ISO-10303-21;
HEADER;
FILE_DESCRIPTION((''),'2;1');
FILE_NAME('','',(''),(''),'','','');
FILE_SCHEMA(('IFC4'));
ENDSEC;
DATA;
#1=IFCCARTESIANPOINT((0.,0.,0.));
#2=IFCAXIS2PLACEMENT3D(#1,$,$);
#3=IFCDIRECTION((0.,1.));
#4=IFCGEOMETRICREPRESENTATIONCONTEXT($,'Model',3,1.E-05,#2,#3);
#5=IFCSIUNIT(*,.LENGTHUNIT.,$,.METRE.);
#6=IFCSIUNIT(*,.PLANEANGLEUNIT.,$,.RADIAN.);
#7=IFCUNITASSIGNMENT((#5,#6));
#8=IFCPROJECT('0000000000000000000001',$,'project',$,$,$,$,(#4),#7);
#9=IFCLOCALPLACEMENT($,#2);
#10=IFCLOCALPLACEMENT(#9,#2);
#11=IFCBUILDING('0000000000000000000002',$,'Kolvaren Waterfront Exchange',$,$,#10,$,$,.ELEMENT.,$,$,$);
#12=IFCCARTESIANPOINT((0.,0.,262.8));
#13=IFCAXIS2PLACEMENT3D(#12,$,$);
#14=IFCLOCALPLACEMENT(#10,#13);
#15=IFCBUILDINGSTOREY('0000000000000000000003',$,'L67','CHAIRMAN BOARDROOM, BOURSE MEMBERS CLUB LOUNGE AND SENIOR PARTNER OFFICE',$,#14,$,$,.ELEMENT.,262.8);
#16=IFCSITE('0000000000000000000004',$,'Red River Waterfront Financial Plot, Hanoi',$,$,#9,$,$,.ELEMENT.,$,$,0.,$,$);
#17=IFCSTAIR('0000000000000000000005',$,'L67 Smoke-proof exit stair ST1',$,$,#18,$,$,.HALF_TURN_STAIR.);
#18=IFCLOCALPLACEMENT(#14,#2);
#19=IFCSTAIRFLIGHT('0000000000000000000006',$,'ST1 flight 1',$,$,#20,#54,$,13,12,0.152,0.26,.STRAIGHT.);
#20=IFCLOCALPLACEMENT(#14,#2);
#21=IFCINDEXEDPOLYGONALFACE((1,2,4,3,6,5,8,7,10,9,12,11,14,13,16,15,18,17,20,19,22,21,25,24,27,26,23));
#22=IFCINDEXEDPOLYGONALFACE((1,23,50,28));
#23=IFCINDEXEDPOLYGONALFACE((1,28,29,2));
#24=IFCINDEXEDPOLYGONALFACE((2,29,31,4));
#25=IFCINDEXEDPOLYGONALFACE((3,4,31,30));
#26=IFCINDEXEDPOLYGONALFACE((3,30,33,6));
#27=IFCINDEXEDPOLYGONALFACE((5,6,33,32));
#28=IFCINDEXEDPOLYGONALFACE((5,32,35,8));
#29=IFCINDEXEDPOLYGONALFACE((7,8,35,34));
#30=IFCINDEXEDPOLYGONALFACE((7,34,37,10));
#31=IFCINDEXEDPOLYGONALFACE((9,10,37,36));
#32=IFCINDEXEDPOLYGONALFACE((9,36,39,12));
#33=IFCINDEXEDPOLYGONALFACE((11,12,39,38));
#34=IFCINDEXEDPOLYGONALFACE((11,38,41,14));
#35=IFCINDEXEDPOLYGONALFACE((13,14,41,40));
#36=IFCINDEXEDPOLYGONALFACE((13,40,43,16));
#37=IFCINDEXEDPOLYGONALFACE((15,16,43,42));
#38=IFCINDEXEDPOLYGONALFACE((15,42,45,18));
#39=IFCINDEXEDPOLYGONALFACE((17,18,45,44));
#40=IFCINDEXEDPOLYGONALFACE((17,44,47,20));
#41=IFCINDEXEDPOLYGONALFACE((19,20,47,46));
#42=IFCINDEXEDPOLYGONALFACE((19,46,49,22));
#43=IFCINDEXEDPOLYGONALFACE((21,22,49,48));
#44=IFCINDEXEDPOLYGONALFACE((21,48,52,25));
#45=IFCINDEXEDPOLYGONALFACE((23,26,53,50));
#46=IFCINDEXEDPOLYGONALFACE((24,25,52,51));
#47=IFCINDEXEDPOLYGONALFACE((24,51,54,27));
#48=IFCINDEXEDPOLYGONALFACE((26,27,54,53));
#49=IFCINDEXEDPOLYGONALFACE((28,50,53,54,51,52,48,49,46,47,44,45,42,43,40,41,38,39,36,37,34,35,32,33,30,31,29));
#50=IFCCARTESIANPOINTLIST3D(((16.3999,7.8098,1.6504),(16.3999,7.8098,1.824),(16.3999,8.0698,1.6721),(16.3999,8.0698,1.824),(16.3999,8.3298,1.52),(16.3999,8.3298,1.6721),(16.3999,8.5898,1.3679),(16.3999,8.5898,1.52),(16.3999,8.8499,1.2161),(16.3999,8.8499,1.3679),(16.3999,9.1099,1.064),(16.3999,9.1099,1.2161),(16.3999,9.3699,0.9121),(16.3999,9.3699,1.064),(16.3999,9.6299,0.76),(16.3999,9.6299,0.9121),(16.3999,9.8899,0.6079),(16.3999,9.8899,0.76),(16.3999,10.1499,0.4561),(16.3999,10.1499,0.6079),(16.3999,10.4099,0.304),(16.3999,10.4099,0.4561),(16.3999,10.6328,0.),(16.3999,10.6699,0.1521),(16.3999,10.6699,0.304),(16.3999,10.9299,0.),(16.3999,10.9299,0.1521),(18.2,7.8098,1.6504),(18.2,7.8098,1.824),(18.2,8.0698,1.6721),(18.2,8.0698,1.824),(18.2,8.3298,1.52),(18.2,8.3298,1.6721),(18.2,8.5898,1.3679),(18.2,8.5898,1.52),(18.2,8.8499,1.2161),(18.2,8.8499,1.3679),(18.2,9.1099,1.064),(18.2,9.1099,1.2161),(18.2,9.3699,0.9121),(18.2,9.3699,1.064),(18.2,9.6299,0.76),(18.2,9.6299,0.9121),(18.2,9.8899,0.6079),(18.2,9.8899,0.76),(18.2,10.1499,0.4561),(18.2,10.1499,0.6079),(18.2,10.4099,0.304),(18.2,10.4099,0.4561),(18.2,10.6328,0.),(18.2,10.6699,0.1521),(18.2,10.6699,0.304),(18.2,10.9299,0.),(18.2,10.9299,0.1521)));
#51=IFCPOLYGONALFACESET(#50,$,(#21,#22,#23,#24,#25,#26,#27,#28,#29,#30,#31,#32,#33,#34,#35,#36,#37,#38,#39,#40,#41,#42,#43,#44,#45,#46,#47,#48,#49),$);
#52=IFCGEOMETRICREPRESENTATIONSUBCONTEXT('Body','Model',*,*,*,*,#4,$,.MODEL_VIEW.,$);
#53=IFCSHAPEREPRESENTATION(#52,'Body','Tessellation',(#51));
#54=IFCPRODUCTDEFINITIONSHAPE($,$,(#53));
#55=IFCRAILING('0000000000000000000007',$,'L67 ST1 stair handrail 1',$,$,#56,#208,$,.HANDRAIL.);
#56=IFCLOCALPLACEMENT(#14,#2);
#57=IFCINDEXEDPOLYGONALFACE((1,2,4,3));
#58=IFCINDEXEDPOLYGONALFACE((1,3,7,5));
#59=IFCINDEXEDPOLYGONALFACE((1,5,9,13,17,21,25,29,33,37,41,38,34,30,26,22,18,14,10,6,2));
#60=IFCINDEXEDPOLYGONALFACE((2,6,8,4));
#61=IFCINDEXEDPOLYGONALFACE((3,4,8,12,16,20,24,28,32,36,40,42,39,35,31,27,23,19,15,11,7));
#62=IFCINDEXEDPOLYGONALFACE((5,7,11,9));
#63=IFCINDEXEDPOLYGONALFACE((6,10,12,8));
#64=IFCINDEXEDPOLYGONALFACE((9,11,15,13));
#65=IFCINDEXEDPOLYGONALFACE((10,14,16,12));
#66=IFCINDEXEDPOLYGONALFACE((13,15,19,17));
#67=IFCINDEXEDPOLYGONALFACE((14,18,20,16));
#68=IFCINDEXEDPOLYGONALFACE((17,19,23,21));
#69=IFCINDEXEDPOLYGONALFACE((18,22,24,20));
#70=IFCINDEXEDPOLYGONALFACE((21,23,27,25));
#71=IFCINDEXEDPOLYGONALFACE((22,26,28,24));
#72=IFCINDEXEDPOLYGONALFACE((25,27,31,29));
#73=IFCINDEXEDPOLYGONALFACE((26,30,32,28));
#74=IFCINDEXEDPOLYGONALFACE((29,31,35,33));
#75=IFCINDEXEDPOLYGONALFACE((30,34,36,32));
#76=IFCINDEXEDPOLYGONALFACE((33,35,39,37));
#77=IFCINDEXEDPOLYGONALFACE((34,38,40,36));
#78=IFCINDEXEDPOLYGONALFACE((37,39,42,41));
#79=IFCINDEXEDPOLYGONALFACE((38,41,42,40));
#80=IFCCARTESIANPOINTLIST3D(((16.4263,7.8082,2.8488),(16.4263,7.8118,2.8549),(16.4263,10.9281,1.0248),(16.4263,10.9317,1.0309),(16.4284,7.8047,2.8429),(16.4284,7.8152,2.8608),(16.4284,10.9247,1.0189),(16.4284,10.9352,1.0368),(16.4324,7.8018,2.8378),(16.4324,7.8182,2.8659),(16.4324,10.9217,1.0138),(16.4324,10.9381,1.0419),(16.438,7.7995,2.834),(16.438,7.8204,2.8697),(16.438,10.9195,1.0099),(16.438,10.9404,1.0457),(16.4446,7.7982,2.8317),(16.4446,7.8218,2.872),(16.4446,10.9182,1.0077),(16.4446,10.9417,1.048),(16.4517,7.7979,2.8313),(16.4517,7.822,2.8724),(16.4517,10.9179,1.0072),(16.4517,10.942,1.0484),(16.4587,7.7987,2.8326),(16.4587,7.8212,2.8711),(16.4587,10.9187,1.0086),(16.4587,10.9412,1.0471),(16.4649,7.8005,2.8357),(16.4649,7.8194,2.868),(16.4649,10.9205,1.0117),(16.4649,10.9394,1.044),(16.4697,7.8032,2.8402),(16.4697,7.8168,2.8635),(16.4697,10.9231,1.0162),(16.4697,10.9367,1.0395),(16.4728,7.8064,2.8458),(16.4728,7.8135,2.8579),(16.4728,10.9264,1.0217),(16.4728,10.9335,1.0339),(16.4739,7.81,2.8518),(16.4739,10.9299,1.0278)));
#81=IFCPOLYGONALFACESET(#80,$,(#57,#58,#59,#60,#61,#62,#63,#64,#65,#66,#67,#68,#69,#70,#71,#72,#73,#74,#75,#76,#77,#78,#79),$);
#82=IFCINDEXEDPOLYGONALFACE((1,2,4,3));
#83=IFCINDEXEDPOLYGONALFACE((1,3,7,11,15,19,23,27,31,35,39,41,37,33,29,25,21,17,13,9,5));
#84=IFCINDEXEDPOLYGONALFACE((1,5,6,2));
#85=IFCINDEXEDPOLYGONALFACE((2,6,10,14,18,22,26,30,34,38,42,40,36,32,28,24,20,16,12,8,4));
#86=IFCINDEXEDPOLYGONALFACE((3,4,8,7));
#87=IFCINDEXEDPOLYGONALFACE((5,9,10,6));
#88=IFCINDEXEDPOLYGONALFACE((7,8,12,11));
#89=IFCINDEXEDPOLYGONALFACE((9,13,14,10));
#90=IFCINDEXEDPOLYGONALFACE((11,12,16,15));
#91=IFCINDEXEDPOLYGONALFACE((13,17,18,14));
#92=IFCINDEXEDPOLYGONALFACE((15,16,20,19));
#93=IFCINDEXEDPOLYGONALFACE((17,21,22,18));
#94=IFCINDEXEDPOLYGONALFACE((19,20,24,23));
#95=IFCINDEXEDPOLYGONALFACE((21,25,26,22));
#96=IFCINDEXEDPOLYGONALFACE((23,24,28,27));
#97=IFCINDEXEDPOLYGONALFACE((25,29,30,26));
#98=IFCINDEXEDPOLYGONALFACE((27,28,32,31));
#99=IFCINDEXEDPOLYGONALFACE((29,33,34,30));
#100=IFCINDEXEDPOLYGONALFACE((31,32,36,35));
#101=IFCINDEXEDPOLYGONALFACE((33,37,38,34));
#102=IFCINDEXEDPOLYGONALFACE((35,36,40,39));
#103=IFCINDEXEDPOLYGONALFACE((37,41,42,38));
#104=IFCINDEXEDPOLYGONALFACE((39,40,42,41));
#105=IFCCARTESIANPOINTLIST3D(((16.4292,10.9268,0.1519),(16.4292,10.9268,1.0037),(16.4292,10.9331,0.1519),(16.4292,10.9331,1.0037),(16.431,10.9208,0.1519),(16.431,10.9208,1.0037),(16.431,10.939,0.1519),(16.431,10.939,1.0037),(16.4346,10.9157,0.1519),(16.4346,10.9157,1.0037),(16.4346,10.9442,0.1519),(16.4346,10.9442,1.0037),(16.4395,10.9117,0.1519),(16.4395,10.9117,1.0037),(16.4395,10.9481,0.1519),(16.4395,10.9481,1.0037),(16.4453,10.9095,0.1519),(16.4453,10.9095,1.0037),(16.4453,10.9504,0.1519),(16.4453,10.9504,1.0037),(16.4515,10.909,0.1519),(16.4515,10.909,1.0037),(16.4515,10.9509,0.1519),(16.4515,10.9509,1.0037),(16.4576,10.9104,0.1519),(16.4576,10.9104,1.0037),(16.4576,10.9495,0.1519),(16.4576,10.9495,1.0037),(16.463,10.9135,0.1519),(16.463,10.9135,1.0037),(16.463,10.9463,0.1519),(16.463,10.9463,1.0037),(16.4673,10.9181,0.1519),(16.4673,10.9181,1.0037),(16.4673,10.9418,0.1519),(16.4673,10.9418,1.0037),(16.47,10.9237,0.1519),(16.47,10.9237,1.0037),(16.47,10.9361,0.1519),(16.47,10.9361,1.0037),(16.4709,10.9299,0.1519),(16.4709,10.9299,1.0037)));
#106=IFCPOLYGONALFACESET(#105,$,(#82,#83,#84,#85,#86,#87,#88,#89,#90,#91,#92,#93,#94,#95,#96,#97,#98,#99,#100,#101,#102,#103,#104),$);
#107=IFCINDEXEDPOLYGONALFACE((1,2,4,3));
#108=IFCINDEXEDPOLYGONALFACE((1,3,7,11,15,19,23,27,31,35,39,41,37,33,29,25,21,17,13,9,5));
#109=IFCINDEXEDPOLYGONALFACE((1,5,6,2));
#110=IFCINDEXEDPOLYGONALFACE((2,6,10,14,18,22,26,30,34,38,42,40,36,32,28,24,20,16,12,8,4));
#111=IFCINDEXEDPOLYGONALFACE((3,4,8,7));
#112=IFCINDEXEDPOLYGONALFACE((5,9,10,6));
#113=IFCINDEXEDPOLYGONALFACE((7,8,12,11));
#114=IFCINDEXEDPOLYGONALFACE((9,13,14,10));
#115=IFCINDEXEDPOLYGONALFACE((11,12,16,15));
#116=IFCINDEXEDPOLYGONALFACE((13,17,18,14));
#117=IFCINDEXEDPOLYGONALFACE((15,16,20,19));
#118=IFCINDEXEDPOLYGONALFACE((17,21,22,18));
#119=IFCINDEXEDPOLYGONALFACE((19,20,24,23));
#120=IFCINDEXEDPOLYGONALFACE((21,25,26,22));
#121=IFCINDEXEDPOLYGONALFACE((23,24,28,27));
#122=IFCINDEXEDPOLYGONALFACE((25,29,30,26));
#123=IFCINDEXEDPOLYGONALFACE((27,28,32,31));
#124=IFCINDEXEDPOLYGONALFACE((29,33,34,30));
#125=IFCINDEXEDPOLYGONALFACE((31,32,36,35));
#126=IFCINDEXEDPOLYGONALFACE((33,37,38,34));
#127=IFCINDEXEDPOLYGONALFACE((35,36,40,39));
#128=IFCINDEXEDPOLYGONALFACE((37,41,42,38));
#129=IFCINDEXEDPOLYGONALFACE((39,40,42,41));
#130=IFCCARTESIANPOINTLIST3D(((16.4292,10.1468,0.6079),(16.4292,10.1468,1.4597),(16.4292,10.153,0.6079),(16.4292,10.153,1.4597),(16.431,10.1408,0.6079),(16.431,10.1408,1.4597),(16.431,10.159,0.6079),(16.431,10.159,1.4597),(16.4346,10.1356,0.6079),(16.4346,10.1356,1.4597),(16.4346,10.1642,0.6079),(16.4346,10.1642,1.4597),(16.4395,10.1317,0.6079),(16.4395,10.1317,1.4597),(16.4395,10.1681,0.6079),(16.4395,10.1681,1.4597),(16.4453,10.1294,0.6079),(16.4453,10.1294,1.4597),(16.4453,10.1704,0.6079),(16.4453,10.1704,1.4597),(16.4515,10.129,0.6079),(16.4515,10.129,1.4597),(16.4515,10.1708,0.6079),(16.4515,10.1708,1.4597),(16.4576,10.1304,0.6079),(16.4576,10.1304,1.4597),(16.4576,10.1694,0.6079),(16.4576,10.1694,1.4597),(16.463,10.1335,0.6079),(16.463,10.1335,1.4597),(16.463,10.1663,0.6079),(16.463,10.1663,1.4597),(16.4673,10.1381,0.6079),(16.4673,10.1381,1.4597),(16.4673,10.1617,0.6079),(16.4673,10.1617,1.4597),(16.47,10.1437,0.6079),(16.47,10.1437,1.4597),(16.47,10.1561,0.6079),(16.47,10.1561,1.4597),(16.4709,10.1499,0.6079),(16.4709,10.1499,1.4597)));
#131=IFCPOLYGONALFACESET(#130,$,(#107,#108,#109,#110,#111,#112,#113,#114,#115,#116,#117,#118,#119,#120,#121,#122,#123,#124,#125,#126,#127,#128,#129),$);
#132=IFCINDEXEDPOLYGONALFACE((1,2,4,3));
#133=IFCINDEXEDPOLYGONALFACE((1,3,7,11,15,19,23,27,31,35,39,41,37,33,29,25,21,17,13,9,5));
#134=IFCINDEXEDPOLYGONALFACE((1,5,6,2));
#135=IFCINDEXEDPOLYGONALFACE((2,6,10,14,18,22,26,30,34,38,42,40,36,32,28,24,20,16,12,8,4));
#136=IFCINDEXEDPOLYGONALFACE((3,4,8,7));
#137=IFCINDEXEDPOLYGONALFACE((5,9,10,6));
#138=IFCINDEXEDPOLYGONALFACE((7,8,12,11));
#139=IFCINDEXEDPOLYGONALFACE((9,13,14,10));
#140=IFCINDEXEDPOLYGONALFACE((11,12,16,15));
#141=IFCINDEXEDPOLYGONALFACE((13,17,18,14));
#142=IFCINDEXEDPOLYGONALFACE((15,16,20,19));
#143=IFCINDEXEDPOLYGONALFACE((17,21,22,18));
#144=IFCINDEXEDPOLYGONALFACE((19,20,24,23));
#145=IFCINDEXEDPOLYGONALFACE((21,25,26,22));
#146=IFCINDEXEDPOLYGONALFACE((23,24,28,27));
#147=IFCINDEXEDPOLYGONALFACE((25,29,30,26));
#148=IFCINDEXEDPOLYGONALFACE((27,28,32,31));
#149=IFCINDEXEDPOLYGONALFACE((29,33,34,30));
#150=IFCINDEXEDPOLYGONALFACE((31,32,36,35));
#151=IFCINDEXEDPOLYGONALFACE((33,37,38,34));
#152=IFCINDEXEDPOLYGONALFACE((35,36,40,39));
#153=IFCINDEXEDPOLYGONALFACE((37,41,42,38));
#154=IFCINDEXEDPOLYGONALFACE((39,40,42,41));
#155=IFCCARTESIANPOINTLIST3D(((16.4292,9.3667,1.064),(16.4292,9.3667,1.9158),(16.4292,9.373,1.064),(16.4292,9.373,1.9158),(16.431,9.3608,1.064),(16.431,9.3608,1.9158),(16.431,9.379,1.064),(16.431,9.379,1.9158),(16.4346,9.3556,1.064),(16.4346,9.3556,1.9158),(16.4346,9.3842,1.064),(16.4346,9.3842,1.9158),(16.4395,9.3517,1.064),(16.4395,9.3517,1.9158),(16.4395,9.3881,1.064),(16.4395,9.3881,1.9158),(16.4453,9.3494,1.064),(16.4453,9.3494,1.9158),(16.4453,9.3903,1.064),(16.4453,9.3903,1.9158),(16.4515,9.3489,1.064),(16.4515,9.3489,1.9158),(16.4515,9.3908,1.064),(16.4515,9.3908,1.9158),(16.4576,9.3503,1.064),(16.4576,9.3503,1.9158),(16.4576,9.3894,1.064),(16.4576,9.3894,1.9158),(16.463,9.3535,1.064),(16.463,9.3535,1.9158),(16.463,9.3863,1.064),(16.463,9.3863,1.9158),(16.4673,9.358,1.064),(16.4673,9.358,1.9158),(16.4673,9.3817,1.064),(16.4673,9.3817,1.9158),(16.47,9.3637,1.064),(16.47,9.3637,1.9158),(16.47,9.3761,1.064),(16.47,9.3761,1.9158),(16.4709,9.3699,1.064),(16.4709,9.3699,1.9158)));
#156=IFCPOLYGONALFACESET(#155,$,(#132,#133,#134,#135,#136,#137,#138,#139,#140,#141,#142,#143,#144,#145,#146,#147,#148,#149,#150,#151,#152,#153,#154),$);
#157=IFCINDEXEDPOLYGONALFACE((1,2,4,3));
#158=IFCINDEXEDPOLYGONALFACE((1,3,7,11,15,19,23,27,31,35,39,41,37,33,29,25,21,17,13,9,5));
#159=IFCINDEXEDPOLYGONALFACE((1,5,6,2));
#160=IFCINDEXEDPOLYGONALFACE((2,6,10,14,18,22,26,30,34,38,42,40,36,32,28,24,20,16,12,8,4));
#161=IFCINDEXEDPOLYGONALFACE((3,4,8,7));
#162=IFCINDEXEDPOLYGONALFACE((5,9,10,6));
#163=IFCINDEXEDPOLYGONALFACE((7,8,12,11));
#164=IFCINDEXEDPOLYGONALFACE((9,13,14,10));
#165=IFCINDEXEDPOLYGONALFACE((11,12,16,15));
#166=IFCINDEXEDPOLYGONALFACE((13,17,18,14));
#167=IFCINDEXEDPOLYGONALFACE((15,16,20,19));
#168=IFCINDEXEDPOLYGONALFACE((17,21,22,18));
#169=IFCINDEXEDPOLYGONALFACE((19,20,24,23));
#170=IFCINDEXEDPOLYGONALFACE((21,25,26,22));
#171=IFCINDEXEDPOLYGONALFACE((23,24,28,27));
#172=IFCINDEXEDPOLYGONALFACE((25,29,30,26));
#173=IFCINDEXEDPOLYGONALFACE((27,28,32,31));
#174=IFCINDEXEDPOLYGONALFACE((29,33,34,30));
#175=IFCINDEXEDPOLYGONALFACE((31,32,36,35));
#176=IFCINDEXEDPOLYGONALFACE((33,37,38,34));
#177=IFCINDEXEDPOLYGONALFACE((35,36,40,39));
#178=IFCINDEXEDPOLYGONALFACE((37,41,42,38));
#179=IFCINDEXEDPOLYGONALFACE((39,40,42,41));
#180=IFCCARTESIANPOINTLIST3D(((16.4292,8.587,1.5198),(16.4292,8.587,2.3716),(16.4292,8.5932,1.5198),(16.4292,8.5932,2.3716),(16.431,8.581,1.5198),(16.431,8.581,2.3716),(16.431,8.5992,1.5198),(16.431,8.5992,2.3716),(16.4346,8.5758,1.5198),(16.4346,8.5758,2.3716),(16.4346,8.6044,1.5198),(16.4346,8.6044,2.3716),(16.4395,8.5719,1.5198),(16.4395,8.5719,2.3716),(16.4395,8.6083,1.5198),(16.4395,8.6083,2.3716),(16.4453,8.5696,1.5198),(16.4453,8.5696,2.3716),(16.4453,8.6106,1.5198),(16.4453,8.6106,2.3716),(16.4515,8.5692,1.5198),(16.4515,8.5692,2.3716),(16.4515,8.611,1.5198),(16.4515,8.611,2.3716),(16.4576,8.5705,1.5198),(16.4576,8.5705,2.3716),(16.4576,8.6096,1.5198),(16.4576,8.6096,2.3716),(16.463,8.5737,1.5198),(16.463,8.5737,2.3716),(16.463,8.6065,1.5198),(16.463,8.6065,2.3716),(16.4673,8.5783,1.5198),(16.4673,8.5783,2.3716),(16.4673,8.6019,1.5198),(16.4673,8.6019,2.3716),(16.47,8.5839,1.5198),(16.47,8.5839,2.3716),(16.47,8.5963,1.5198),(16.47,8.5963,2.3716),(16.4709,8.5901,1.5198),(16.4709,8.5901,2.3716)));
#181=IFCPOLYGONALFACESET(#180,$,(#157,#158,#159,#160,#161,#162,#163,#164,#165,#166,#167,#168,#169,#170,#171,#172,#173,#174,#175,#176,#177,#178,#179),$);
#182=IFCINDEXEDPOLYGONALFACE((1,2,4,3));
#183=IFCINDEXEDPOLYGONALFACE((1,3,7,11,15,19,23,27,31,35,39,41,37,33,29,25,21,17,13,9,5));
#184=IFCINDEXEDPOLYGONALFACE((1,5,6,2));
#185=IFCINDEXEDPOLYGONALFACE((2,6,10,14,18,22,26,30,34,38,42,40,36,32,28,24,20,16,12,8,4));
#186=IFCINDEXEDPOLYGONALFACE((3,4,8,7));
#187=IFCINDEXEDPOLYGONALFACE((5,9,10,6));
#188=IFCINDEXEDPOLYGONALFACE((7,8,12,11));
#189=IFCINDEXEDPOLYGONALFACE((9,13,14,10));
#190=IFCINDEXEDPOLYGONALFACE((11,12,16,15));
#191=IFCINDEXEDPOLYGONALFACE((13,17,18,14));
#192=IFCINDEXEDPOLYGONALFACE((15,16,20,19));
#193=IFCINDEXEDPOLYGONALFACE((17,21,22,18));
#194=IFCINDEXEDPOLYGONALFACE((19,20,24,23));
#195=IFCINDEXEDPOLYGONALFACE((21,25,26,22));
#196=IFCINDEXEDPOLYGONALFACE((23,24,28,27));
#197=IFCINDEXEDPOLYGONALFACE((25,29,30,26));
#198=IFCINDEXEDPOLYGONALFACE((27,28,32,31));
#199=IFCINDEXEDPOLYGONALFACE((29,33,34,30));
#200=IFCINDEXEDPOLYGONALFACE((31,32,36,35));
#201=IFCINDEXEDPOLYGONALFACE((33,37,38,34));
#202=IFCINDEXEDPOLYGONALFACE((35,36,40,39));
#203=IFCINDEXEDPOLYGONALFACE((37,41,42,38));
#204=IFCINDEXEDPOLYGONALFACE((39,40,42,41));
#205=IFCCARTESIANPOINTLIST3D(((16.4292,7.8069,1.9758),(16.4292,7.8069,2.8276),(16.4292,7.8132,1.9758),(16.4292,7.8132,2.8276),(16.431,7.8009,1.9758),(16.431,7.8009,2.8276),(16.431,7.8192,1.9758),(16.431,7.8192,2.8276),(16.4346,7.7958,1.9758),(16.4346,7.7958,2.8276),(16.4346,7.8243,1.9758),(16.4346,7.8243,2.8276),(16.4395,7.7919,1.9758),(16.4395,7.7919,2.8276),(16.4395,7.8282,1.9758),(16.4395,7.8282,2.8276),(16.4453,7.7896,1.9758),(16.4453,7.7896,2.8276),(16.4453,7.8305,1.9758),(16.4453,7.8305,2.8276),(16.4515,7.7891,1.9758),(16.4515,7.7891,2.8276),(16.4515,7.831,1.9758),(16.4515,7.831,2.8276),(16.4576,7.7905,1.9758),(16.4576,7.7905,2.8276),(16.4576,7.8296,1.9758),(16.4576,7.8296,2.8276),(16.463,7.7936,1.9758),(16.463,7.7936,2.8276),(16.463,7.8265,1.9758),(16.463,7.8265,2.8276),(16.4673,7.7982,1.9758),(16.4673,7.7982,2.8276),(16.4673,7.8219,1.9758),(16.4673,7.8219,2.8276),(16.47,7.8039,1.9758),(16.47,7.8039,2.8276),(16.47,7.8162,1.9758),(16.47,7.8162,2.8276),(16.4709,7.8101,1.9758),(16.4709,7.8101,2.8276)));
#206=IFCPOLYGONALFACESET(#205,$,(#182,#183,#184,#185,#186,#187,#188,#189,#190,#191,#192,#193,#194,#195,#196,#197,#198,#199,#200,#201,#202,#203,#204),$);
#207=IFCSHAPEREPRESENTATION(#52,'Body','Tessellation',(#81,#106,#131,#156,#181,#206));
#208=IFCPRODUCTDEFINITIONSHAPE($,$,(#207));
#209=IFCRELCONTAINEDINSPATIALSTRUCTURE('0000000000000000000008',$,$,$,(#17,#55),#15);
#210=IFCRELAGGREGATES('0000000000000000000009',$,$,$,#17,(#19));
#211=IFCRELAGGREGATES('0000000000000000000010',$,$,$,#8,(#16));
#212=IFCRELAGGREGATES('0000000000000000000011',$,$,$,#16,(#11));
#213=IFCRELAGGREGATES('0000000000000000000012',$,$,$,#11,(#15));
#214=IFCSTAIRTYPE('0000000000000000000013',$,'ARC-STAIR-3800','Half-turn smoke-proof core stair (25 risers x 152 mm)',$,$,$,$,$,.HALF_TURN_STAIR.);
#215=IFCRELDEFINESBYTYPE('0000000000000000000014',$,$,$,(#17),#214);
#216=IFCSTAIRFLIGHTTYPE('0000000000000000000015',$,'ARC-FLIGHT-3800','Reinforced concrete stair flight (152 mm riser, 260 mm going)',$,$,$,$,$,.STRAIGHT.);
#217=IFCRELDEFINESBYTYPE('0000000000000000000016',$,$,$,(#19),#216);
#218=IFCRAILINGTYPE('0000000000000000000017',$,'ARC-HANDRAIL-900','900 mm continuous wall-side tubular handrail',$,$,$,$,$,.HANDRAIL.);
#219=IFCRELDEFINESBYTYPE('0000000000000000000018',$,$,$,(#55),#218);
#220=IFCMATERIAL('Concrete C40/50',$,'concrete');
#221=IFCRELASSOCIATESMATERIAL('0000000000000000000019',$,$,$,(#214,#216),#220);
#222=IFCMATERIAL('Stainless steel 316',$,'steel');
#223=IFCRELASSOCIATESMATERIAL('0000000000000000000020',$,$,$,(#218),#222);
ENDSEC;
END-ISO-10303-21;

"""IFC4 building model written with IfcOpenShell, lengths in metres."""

from ifc_helpers import new_model, si_unit, direction, frame, origin, origin_2d, place, context, subcontext, project, spatial, polyline, circle, outline, extrude, material, type_object, element, aggregate, save


model = new_model("IFC4")

# Units and contexts
model_context = context("Model", 3, precision=1e-05, world=origin(), true_north=direction((0.0, 1.0)))
body_context = subcontext(model_context, "Body", "Model", "MODEL_VIEW")
ifc_project = project(units=[si_unit("LENGTHUNIT", "METRE"), si_unit("PLANEANGLEUNIT", "RADIAN")], contexts=[model_context])

# Site, building, storey
site_placement = place(None, origin())
site = spatial("IfcSite", under=ifc_project, at=site_placement, Name="Red River Waterfront Financial Plot, Hanoi", CompositionType="ELEMENT", RefElevation=0.0)
building_placement = place(site_placement, origin())
building = spatial("IfcBuilding", under=site, at=building_placement, Name="Kolvaren Waterfront Exchange", CompositionType="ELEMENT")
storey_placement = place(building_placement, frame((0.0, 0.0, 262.8)))
storey = spatial("IfcBuildingStorey", under=building, at=storey_placement, Name="L67", Description="CHAIRMAN BOARDROOM, BOURSE MEMBERS CLUB LOUNGE AND SENIOR PARTNER OFFICE", CompositionType="ELEMENT", Elevation=262.8)

# Shared definitions
ifc_material_1 = material(Name="Concrete C40/50", Category="concrete")

# Stair, stair flight
stair_type = type_object("IfcStairType", Name="ARC-STAIR-3800", Description="Half-turn smoke-proof core stair (25 risers x 152 mm)", PredefinedType="HALF_TURN_STAIR", material=ifc_material_1)
stair_placement = place(storey_placement, origin())
stair = element("IfcStair", 1, at=stair_placement, inside=storey, type_object=stair_type, Name="L67 Smoke-proof exit stair ST1", PredefinedType="HALF_TURN_STAIR")
stair_flight_type = type_object("IfcStairFlightType", Name="ARC-FLIGHT-3800", Description="Reinforced concrete stair flight (152 mm riser, 260 mm going)", PredefinedType="STRAIGHT", material=ifc_material_1)
stair_flight_placement = place(storey_placement, frame((17.3, 10.9299, 0.0), z_axis=(0.0, 0.0, 1.0), x_axis=(0.0, -1.0, 0.0)))
stair_flight = element("IfcStairFlight", 2, at=stair_flight_placement, type_object=stair_flight_type, Name="ST1 flight 1", NumberOfRisers=13, NumberOfTreads=12, PredefinedType="STRAIGHT", RiserHeight=0.152, TreadLength=0.26, context=body_context, shape_type="SweptSolid", body=[
    extrude(outline(polyline([(0.0, 0.0), (0.0, 0.1521), (0.26, 0.1521), (0.26, 0.304), (0.52, 0.304), (0.52, 0.4561), (0.78, 0.4561), (0.78, 0.6079), (1.04, 0.6079), (1.04, 0.76), (1.3, 0.76), (1.3, 0.9121), (1.5601, 0.9121), (1.5601, 1.064), (1.8201, 1.064), (1.8201, 1.2161), (2.0801, 1.2161), (2.0801, 1.3679), (2.3401, 1.3679), (2.3401, 1.52), (2.6001, 1.52), (2.6001, 1.6721), (2.8601, 1.6721), (2.8601, 1.824), (3.1201, 1.824), (3.1201, 1.9761), (3.1201, 1.6504), (0.2971, 0.0), (0.0, 0.0)])), frame((0.0, 0.8999, 0.0), z_axis=(0.0, -1.0, 0.0), x_axis=(1.0, 0.0, 0.0)), (0.0, 0.0, 1.0), 1.8),
])
aggregate(stair, [stair_flight])

# Railing
ifc_material_2 = material(Name="Stainless steel 316", Category="steel")
railing_type_1 = type_object("IfcRailingType", Name="ARC-HANDRAIL-900", Description="900 mm continuous wall-side tubular handrail", PredefinedType="HANDRAIL", material=ifc_material_2)
railing_1_placement = place(storey_placement, frame((16.45, 10.9299, 0.1519)))
element("IfcRailing", 3, at=railing_1_placement, inside=storey, type_object=railing_type_1, Name="L67 ST1 stair handrail 1", PredefinedType="HANDRAIL", context=body_context, shape_type="SweptSolid", body=[
    extrude(circle(Radius=0.0239, at=origin_2d()), frame((0.0, 0.0, 0.876), z_axis=(0.0, -0.863291, 0.504707), x_axis=(1.0, 0.0, 0.0)), (0.0, 0.0, 1.0), 3.614),
    extrude(circle(Radius=0.021, at=origin_2d()), origin(), (0.0, 0.0, 1.0), 0.8518),
    extrude(circle(Radius=0.021, at=origin_2d()), frame((0.0, -0.78, 0.4561)), (0.0, 0.0, 1.0), 0.8518),
    extrude(circle(Radius=0.021, at=origin_2d()), frame((0.0, -1.5601, 0.9121)), (0.0, 0.0, 1.0), 0.8518),
    extrude(circle(Radius=0.021, at=origin_2d()), frame((0.0, -2.3398, 1.3679)), (0.0, 0.0, 1.0), 0.8518),
    extrude(circle(Radius=0.021, at=origin_2d()), frame((0.0, -3.1199, 1.824)), (0.0, 0.0, 1.0), 0.8518),
])

save(model, "model.ifc")
